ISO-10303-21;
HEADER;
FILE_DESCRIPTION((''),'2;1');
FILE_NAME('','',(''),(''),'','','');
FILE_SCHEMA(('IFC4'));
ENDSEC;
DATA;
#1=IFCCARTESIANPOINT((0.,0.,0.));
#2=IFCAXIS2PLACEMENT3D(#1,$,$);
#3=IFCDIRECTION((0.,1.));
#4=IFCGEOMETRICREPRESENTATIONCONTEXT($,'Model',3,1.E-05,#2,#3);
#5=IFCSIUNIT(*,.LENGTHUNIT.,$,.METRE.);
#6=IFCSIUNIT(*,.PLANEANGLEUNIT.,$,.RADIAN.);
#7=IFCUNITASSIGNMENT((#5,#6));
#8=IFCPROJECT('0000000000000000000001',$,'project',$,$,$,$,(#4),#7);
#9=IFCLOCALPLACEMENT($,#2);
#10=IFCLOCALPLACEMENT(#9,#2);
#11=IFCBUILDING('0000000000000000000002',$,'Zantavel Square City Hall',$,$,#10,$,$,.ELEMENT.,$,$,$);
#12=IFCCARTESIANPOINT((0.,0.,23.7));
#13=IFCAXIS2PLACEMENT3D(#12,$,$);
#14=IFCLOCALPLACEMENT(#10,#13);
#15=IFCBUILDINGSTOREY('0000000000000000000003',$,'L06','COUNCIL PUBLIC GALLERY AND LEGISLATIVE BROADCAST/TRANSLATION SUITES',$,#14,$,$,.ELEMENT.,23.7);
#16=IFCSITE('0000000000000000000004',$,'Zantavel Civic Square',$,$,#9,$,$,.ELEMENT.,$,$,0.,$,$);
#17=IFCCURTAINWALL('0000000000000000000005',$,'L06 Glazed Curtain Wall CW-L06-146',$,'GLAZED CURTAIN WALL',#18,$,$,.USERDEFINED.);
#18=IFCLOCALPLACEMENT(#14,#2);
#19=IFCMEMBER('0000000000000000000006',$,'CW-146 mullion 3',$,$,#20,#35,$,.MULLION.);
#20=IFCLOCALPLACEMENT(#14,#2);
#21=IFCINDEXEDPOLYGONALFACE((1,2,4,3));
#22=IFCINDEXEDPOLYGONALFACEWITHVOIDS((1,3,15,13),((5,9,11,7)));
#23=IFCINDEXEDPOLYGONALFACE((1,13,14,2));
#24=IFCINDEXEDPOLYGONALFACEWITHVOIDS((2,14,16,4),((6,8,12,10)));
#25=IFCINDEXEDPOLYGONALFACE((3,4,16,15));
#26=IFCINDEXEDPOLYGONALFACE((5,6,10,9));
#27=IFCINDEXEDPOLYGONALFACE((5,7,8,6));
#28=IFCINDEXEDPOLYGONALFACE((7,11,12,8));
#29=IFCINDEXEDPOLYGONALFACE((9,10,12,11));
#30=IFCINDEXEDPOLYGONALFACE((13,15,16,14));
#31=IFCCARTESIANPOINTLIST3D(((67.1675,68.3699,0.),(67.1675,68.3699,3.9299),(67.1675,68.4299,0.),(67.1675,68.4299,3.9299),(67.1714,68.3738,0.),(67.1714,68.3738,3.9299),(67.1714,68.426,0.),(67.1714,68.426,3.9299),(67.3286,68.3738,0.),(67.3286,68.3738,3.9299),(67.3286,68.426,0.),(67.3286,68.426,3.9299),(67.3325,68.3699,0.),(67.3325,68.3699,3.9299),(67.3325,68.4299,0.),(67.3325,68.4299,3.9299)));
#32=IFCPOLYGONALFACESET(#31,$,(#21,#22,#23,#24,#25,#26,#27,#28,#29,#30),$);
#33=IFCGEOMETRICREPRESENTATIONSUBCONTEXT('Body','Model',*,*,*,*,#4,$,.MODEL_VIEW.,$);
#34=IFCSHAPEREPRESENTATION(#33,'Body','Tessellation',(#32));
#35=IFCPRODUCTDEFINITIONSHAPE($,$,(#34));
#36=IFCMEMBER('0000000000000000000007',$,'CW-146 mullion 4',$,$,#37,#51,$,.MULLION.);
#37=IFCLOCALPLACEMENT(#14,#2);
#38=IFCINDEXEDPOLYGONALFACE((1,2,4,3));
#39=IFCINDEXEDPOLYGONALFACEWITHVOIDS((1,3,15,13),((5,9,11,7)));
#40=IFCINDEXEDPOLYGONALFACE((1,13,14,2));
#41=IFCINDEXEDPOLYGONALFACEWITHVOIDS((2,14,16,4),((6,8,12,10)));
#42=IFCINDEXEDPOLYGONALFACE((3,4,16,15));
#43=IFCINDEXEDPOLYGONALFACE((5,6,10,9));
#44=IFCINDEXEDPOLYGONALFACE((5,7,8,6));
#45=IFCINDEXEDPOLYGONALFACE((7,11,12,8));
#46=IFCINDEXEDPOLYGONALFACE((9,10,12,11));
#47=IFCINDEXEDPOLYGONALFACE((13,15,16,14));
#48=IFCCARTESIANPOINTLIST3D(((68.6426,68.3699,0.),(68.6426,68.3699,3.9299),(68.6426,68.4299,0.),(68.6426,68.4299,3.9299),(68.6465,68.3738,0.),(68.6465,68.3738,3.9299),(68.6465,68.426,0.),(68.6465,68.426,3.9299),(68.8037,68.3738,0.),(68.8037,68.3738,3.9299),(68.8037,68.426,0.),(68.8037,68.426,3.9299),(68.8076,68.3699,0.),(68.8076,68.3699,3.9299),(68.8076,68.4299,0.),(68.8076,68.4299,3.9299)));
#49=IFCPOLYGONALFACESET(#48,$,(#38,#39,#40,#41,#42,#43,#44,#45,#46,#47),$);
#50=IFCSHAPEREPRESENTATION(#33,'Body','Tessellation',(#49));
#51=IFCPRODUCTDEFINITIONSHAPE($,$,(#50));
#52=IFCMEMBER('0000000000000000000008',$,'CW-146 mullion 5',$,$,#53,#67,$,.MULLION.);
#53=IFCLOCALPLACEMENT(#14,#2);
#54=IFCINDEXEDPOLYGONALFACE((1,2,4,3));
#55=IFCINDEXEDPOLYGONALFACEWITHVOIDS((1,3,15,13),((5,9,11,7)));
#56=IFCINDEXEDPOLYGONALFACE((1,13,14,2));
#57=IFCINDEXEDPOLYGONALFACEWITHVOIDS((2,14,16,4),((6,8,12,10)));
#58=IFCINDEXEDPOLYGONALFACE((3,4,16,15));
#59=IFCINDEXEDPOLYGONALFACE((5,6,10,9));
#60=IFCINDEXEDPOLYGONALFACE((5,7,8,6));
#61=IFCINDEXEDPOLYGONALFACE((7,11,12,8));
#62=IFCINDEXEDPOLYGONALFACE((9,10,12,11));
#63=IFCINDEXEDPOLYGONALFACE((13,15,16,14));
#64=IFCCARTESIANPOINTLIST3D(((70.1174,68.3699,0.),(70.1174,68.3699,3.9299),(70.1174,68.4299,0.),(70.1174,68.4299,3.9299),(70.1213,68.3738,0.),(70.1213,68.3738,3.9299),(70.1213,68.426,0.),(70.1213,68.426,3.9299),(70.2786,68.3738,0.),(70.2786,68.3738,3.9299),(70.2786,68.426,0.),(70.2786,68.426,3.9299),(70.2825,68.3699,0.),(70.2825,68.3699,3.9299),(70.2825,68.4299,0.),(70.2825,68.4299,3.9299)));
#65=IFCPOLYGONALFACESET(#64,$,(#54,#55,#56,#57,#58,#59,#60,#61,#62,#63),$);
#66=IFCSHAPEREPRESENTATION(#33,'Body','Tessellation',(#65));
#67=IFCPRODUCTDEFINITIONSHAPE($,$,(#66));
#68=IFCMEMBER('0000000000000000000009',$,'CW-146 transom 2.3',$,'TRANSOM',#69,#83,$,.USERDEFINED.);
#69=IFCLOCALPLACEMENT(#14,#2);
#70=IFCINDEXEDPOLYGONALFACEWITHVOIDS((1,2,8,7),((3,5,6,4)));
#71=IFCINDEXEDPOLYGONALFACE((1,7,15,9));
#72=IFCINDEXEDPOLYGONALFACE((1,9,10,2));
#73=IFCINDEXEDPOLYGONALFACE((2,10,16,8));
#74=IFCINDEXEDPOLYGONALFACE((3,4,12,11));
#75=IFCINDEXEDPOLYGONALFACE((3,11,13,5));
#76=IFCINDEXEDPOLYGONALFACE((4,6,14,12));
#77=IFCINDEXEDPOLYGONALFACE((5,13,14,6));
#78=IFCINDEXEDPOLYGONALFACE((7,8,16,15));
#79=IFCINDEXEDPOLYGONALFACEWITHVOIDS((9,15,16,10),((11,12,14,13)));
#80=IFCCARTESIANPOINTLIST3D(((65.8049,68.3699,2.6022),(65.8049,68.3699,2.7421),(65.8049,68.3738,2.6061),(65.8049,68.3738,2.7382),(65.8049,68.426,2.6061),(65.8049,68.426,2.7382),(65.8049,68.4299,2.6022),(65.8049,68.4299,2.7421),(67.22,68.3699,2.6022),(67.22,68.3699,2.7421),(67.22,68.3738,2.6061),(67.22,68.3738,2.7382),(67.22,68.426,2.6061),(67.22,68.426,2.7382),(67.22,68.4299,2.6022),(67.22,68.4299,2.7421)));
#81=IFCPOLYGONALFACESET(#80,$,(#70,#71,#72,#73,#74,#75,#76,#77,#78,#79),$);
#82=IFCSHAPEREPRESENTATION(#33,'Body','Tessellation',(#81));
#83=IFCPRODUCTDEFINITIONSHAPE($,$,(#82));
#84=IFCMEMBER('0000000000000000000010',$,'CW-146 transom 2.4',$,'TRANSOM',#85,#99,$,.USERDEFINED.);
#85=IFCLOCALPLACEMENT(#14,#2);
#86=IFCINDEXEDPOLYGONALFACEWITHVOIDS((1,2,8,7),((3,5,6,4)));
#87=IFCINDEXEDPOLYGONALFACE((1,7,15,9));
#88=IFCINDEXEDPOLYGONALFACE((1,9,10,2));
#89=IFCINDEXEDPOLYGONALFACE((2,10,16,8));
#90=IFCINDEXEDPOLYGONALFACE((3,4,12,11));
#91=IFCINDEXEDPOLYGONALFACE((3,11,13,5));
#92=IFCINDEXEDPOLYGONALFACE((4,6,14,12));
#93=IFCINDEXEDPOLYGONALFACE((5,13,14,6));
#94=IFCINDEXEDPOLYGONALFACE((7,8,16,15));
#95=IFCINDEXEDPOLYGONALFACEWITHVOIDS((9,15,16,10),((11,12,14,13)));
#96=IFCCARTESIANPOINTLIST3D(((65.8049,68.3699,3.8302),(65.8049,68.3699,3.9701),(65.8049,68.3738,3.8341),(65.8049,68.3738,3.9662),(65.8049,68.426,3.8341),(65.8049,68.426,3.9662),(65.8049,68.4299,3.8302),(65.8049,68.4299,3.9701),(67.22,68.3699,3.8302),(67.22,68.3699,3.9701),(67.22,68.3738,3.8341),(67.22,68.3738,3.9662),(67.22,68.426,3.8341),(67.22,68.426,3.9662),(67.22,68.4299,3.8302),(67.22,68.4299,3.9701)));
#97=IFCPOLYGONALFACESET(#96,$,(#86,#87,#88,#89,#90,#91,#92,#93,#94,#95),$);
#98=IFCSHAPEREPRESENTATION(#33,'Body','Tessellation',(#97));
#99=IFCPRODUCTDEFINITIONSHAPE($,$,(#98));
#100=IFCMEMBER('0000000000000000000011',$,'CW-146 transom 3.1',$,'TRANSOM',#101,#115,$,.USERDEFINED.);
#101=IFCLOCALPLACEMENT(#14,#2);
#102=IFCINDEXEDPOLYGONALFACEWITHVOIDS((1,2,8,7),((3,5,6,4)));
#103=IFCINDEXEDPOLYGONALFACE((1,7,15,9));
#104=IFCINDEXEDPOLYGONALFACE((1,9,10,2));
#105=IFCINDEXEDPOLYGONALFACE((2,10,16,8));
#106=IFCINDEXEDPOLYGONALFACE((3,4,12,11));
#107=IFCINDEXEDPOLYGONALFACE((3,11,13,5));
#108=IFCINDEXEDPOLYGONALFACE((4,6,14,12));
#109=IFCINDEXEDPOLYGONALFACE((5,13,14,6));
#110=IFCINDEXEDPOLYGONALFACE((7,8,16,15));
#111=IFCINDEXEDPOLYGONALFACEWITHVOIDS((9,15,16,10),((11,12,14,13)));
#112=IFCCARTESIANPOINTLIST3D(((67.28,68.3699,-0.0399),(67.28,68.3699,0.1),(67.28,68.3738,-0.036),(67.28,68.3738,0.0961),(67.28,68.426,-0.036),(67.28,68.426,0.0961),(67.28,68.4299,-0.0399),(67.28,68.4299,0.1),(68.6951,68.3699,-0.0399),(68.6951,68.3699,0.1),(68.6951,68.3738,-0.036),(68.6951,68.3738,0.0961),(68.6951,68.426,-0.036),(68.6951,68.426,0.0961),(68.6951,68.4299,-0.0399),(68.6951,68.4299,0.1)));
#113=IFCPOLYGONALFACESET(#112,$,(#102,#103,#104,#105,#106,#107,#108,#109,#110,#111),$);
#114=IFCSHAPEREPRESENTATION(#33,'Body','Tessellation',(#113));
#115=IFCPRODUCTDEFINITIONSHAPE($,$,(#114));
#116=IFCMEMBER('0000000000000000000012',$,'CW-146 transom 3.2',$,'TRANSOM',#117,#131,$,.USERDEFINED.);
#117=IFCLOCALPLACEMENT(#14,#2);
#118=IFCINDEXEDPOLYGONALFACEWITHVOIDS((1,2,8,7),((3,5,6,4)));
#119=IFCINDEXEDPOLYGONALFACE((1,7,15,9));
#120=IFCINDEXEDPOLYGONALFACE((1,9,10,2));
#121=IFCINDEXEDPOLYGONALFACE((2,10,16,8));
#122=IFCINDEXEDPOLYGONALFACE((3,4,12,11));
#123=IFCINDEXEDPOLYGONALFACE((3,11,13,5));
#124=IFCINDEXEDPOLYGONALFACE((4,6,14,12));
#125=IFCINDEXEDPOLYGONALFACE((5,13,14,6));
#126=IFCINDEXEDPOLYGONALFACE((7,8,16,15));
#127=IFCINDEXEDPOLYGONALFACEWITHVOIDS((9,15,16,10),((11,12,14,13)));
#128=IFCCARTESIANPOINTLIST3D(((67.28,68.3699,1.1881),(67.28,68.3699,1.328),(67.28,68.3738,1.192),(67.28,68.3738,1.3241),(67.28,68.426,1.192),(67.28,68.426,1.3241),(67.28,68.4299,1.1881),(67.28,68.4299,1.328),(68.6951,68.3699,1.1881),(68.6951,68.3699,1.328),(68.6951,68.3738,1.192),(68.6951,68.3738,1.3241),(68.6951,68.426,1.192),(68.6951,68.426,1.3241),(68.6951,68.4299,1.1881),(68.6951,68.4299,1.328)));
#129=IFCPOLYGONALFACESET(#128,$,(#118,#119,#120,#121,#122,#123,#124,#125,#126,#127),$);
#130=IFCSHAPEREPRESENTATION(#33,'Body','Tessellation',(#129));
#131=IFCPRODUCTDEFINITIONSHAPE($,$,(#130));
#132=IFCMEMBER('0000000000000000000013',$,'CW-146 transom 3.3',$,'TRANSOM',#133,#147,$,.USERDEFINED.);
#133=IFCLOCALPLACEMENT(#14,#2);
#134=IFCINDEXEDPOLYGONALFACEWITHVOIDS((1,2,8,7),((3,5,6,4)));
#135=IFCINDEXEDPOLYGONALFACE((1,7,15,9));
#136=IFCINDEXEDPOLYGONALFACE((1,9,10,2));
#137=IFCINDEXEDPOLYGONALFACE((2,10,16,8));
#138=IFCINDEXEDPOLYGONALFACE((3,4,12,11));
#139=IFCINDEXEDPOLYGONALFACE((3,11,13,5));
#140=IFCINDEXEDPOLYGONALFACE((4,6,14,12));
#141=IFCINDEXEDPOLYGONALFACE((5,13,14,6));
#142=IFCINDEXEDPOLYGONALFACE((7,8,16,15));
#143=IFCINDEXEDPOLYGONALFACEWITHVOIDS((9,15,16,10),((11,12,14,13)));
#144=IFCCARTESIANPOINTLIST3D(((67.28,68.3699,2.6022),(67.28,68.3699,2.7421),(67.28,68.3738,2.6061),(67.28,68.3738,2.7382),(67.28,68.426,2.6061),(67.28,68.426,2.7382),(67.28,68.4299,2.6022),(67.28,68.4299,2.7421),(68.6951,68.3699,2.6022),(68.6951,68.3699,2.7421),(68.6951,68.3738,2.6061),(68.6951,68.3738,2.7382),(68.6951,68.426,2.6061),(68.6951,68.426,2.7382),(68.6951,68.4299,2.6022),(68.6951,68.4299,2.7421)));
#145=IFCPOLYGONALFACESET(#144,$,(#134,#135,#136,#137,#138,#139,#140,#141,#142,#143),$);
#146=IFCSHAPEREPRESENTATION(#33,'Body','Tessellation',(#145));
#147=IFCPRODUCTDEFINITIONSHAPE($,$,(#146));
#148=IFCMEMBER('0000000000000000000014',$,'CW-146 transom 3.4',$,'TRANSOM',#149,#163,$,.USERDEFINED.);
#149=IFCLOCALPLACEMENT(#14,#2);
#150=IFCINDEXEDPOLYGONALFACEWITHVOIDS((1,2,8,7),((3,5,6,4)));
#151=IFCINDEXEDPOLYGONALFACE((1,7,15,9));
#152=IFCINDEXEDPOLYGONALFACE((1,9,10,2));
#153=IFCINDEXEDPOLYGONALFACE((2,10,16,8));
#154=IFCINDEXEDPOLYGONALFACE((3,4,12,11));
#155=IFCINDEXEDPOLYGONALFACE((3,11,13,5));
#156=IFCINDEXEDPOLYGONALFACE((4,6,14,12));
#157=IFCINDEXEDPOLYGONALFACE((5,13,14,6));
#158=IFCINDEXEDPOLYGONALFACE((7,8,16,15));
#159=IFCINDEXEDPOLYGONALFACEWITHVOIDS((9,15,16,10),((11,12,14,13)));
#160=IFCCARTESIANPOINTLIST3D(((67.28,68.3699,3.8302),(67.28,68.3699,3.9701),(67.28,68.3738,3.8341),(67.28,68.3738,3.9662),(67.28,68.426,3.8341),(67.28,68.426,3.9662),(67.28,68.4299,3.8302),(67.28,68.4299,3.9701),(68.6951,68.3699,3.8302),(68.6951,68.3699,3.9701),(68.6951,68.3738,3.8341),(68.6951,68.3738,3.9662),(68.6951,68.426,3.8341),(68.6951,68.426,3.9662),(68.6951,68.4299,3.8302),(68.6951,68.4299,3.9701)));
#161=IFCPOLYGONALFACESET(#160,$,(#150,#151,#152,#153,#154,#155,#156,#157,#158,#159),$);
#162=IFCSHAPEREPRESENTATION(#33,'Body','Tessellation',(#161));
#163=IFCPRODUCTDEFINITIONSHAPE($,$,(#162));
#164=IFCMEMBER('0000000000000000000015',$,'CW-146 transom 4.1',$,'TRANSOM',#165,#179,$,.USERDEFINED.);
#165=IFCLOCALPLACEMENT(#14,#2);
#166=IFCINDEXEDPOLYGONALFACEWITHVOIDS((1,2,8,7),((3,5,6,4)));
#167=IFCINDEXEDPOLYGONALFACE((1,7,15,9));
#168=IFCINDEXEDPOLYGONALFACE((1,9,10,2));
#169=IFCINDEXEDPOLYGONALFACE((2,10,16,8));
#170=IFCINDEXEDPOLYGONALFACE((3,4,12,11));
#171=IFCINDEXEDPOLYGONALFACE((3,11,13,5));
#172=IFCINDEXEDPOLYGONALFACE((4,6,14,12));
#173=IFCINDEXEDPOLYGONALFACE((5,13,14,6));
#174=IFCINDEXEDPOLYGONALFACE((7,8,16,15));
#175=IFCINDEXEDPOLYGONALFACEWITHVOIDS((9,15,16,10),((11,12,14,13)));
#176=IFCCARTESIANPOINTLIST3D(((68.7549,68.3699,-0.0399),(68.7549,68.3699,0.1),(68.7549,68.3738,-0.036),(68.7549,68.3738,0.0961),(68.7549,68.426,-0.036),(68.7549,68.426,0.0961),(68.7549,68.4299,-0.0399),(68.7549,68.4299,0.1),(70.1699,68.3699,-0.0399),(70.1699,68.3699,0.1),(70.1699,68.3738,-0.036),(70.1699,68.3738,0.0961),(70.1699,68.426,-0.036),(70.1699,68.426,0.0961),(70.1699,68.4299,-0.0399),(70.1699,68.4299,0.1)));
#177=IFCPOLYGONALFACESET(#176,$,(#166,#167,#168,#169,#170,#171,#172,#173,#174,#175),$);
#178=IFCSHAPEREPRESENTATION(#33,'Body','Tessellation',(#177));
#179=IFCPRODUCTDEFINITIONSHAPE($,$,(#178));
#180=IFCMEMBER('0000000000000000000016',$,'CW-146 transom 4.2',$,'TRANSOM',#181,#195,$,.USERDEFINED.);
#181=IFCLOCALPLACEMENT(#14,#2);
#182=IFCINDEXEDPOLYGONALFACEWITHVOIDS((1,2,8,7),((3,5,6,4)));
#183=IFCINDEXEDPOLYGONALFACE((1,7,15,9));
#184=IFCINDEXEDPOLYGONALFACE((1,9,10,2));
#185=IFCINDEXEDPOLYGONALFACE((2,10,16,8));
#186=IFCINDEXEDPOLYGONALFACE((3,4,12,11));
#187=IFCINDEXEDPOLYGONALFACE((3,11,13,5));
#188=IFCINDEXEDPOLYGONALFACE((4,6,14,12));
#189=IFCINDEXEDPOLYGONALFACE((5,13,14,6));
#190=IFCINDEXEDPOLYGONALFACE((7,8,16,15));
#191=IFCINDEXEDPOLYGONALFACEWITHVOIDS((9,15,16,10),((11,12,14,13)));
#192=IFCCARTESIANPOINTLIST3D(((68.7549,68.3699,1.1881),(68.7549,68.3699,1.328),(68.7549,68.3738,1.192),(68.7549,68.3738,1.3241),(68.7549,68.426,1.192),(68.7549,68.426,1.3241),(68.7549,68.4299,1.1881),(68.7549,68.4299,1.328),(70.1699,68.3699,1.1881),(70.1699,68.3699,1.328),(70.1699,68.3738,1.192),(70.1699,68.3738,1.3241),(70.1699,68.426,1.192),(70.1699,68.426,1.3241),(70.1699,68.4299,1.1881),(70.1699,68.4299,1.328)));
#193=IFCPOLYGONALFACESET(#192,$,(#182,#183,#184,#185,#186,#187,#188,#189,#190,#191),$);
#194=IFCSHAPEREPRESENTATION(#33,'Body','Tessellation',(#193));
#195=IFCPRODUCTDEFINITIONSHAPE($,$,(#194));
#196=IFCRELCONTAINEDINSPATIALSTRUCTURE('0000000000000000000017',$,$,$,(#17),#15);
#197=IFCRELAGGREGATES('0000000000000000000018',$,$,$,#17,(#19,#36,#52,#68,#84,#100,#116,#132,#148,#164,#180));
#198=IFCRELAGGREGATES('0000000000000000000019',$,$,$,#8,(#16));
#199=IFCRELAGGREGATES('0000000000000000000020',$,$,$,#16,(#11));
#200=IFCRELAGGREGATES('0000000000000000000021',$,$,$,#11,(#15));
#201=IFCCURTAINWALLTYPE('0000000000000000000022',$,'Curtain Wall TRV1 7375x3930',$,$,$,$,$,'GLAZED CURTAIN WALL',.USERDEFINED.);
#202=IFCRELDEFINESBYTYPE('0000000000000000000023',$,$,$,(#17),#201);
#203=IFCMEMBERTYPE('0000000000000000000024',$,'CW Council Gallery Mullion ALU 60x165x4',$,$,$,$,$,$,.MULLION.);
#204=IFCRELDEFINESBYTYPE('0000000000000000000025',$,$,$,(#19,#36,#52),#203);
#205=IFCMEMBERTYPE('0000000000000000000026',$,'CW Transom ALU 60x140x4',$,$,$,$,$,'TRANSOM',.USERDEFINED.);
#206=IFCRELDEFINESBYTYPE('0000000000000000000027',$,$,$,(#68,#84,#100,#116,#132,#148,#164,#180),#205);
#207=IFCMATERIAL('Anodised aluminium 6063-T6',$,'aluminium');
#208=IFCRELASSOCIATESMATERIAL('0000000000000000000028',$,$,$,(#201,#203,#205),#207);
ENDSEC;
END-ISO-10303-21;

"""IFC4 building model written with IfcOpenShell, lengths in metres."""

from ifc_helpers import new_model, si_unit, direction, frame, origin, origin_2d, place, context, subcontext, project, spatial, hollow_rectangle, extrude, material, material_profile, profile_set, type_object, element, aggregate, save


model = new_model("IFC4")

# Units and contexts
model_context = context("Model", 3, precision=1e-05, world=origin(), true_north=direction((0.0, 1.0)))
body_context = subcontext(model_context, "Body", "Model", "MODEL_VIEW")
ifc_project = project(units=[si_unit("LENGTHUNIT", "METRE"), si_unit("PLANEANGLEUNIT", "RADIAN")], contexts=[model_context])

# Site, building, storey
site_placement = place(None, origin())
site = spatial("IfcSite", under=ifc_project, at=site_placement, Name="Zantavel Civic Square", CompositionType="ELEMENT", RefElevation=0.0)
building_placement = place(site_placement, origin())
building = spatial("IfcBuilding", under=site, at=building_placement, Name="Zantavel Square City Hall", CompositionType="ELEMENT")
storey_placement = place(building_placement, frame((0.0, 0.0, 23.7)))
storey = spatial("IfcBuildingStorey", under=building, at=storey_placement, Name="L06", Description="COUNCIL PUBLIC GALLERY AND LEGISLATIVE BROADCAST/TRANSLATION SUITES", CompositionType="ELEMENT", Elevation=23.7)

# Curtain wall, members
ifc_material_1 = material(Name="Anodised aluminium 6063-T6", Category="aluminium")
curtain_wall_type = type_object("IfcCurtainWallType", Name="Curtain Wall TRV1 7375x3930", ElementType="GLAZED CURTAIN WALL", PredefinedType="USERDEFINED", material=ifc_material_1)
curtain_wall_placement = place(storey_placement, origin())
curtain_wall = element("IfcCurtainWall", 1, at=curtain_wall_placement, inside=storey, type_object=curtain_wall_type, Name="L06 Glazed Curtain Wall CW-L06-146", ObjectType="GLAZED CURTAIN WALL", PredefinedType="USERDEFINED")
ifc_material_profile_1 = material_profile(ifc_material_1, hollow_rectangle(XDim=0.0601, YDim=0.165, WallThickness=0.0039, at=origin_2d()), Name="ALU 60x165x4")
ifc_profile_set_1 = profile_set([ifc_material_profile_1], Name="Anodised aluminium 6063-T6")
member_type_1 = type_object("IfcMemberType", Name="CW Council Gallery Mullion ALU 60x165x4", PredefinedType="MULLION", material=ifc_profile_set_1)
member_1_placement = place(storey_placement, frame((67.25, 68.3999, 0.0), z_axis=(0.0, 0.0, 1.0), x_axis=(0.0, 1.0, 0.0)))
member_1 = element("IfcMember", 2, at=member_1_placement, type_object=member_type_1, Name="CW-146 mullion 3", PredefinedType="MULLION", context=body_context, shape_type="SweptSolid", body=[
    extrude(hollow_rectangle(XDim=0.0601, YDim=0.165, WallThickness=0.0039, at=origin_2d()), origin(), (0.0, 0.0, 1.0), 3.9299),
])
member_2_placement = place(storey_placement, frame((68.7251, 68.3999, 0.0), z_axis=(0.0, 0.0, 1.0), x_axis=(0.0, 1.0, 0.0)))
member_2 = element("IfcMember", 3, at=member_2_placement, type_object=member_type_1, Name="CW-146 mullion 4", PredefinedType="MULLION", context=body_context, shape_type="SweptSolid", body=[
    extrude(hollow_rectangle(XDim=0.0601, YDim=0.165, WallThickness=0.0039, at=origin_2d()), origin(), (0.0, 0.0, 1.0), 3.9299),
])
member_3_placement = place(storey_placement, frame((70.2, 68.3999, 0.0), z_axis=(0.0, 0.0, 1.0), x_axis=(0.0, 1.0, 0.0)))
member_3 = element("IfcMember", 4, at=member_3_placement, type_object=member_type_1, Name="CW-146 mullion 5", PredefinedType="MULLION", context=body_context, shape_type="SweptSolid", body=[
    extrude(hollow_rectangle(XDim=0.0601, YDim=0.165, WallThickness=0.0039, at=origin_2d()), origin(), (0.0, 0.0, 1.0), 3.9299),
])
ifc_material_profile_2 = material_profile(ifc_material_1, hollow_rectangle(XDim=0.0601, YDim=0.1399, WallThickness=0.0039, at=origin_2d()), Name="ALU 60x140x4")
ifc_profile_set_2 = profile_set([ifc_material_profile_2], Name="Anodised aluminium 6063-T6")
member_type_2 = type_object("IfcMemberType", Name="CW Transom ALU 60x140x4", ElementType="TRANSOM", PredefinedType="USERDEFINED", material=ifc_profile_set_2)
member_4_placement = place(storey_placement, frame((65.8049, 68.3999, 2.6721), z_axis=(1.0, 0.0, 0.0), x_axis=(0.0, 1.0, 0.0)))
member_4 = element("IfcMember", 5, at=member_4_placement, type_object=member_type_2, Name="CW-146 transom 2.3", ObjectType="TRANSOM", PredefinedType="USERDEFINED", context=body_context, shape_type="SweptSolid", body=[
    extrude(hollow_rectangle(XDim=0.0601, YDim=0.1399, WallThickness=0.0039, at=origin_2d()), origin(), (0.0, 0.0, 1.0), 1.415),
])
member_5_placement = place(storey_placement, frame((65.8049, 68.3999, 3.9001), z_axis=(1.0, 0.0, 0.0), x_axis=(0.0, 1.0, 0.0)))
member_5 = element("IfcMember", 6, at=member_5_placement, type_object=member_type_2, Name="CW-146 transom 2.4", ObjectType="TRANSOM", PredefinedType="USERDEFINED", context=body_context, shape_type="SweptSolid", body=[
    extrude(hollow_rectangle(XDim=0.0601, YDim=0.1399, WallThickness=0.0039, at=origin_2d()), origin(), (0.0, 0.0, 1.0), 1.415),
])
member_6_placement = place(storey_placement, frame((67.28, 68.3999, 0.03), z_axis=(1.0, 0.0, 0.0), x_axis=(0.0, 1.0, 0.0)))
member_6 = element("IfcMember", 7, at=member_6_placement, type_object=member_type_2, Name="CW-146 transom 3.1", ObjectType="TRANSOM", PredefinedType="USERDEFINED", context=body_context, shape_type="SweptSolid", body=[
    extrude(hollow_rectangle(XDim=0.0601, YDim=0.1399, WallThickness=0.0039, at=origin_2d()), origin(), (0.0, 0.0, 1.0), 1.415),
])
member_7_placement = place(storey_placement, frame((67.28, 68.3999, 1.2581), z_axis=(1.0, 0.0, 0.0), x_axis=(0.0, 1.0, 0.0)))
member_7 = element("IfcMember", 8, at=member_7_placement, type_object=member_type_2, Name="CW-146 transom 3.2", ObjectType="TRANSOM", PredefinedType="USERDEFINED", context=body_context, shape_type="SweptSolid", body=[
    extrude(hollow_rectangle(XDim=0.0601, YDim=0.1399, WallThickness=0.0039, at=origin_2d()), origin(), (0.0, 0.0, 1.0), 1.415),
])
member_8_placement = place(storey_placement, frame((67.28, 68.3999, 2.6721), z_axis=(1.0, 0.0, 0.0), x_axis=(0.0, 1.0, 0.0)))
member_8 = element("IfcMember", 9, at=member_8_placement, type_object=member_type_2, Name="CW-146 transom 3.3", ObjectType="TRANSOM", PredefinedType="USERDEFINED", context=body_context, shape_type="SweptSolid", body=[
    extrude(hollow_rectangle(XDim=0.0601, YDim=0.1399, WallThickness=0.0039, at=origin_2d()), origin(), (0.0, 0.0, 1.0), 1.415),
])
member_9_placement = place(storey_placement, frame((67.28, 68.3999, 3.9001), z_axis=(1.0, 0.0, 0.0), x_axis=(0.0, 1.0, 0.0)))
member_9 = element("IfcMember", 10, at=member_9_placement, type_object=member_type_2, Name="CW-146 transom 3.4", ObjectType="TRANSOM", PredefinedType="USERDEFINED", context=body_context, shape_type="SweptSolid", body=[
    extrude(hollow_rectangle(XDim=0.0601, YDim=0.1399, WallThickness=0.0039, at=origin_2d()), origin(), (0.0, 0.0, 1.0), 1.415),
])
member_10_placement = place(storey_placement, frame((68.7549, 68.3999, 0.03), z_axis=(1.0, 0.0, 0.0), x_axis=(0.0, 1.0, 0.0)))
member_10 = element("IfcMember", 11, at=member_10_placement, type_object=member_type_2, Name="CW-146 transom 4.1", ObjectType="TRANSOM", PredefinedType="USERDEFINED", context=body_context, shape_type="SweptSolid", body=[
    extrude(hollow_rectangle(XDim=0.0601, YDim=0.1399, WallThickness=0.0039, at=origin_2d()), origin(), (0.0, 0.0, 1.0), 1.415),
])
member_11_placement = place(storey_placement, frame((68.7549, 68.3999, 1.2581), z_axis=(1.0, 0.0, 0.0), x_axis=(0.0, 1.0, 0.0)))
member_11 = element("IfcMember", 12, at=member_11_placement, type_object=member_type_2, Name="CW-146 transom 4.2", ObjectType="TRANSOM", PredefinedType="USERDEFINED", context=body_context, shape_type="SweptSolid", body=[
    extrude(hollow_rectangle(XDim=0.0601, YDim=0.1399, WallThickness=0.0039, at=origin_2d()), origin(), (0.0, 0.0, 1.0), 1.415),
])
aggregate(curtain_wall, [member_1, member_2, member_3, member_4, member_5, member_6, member_7, member_8, member_9, member_10, member_11])

save(model, "model.ifc")
